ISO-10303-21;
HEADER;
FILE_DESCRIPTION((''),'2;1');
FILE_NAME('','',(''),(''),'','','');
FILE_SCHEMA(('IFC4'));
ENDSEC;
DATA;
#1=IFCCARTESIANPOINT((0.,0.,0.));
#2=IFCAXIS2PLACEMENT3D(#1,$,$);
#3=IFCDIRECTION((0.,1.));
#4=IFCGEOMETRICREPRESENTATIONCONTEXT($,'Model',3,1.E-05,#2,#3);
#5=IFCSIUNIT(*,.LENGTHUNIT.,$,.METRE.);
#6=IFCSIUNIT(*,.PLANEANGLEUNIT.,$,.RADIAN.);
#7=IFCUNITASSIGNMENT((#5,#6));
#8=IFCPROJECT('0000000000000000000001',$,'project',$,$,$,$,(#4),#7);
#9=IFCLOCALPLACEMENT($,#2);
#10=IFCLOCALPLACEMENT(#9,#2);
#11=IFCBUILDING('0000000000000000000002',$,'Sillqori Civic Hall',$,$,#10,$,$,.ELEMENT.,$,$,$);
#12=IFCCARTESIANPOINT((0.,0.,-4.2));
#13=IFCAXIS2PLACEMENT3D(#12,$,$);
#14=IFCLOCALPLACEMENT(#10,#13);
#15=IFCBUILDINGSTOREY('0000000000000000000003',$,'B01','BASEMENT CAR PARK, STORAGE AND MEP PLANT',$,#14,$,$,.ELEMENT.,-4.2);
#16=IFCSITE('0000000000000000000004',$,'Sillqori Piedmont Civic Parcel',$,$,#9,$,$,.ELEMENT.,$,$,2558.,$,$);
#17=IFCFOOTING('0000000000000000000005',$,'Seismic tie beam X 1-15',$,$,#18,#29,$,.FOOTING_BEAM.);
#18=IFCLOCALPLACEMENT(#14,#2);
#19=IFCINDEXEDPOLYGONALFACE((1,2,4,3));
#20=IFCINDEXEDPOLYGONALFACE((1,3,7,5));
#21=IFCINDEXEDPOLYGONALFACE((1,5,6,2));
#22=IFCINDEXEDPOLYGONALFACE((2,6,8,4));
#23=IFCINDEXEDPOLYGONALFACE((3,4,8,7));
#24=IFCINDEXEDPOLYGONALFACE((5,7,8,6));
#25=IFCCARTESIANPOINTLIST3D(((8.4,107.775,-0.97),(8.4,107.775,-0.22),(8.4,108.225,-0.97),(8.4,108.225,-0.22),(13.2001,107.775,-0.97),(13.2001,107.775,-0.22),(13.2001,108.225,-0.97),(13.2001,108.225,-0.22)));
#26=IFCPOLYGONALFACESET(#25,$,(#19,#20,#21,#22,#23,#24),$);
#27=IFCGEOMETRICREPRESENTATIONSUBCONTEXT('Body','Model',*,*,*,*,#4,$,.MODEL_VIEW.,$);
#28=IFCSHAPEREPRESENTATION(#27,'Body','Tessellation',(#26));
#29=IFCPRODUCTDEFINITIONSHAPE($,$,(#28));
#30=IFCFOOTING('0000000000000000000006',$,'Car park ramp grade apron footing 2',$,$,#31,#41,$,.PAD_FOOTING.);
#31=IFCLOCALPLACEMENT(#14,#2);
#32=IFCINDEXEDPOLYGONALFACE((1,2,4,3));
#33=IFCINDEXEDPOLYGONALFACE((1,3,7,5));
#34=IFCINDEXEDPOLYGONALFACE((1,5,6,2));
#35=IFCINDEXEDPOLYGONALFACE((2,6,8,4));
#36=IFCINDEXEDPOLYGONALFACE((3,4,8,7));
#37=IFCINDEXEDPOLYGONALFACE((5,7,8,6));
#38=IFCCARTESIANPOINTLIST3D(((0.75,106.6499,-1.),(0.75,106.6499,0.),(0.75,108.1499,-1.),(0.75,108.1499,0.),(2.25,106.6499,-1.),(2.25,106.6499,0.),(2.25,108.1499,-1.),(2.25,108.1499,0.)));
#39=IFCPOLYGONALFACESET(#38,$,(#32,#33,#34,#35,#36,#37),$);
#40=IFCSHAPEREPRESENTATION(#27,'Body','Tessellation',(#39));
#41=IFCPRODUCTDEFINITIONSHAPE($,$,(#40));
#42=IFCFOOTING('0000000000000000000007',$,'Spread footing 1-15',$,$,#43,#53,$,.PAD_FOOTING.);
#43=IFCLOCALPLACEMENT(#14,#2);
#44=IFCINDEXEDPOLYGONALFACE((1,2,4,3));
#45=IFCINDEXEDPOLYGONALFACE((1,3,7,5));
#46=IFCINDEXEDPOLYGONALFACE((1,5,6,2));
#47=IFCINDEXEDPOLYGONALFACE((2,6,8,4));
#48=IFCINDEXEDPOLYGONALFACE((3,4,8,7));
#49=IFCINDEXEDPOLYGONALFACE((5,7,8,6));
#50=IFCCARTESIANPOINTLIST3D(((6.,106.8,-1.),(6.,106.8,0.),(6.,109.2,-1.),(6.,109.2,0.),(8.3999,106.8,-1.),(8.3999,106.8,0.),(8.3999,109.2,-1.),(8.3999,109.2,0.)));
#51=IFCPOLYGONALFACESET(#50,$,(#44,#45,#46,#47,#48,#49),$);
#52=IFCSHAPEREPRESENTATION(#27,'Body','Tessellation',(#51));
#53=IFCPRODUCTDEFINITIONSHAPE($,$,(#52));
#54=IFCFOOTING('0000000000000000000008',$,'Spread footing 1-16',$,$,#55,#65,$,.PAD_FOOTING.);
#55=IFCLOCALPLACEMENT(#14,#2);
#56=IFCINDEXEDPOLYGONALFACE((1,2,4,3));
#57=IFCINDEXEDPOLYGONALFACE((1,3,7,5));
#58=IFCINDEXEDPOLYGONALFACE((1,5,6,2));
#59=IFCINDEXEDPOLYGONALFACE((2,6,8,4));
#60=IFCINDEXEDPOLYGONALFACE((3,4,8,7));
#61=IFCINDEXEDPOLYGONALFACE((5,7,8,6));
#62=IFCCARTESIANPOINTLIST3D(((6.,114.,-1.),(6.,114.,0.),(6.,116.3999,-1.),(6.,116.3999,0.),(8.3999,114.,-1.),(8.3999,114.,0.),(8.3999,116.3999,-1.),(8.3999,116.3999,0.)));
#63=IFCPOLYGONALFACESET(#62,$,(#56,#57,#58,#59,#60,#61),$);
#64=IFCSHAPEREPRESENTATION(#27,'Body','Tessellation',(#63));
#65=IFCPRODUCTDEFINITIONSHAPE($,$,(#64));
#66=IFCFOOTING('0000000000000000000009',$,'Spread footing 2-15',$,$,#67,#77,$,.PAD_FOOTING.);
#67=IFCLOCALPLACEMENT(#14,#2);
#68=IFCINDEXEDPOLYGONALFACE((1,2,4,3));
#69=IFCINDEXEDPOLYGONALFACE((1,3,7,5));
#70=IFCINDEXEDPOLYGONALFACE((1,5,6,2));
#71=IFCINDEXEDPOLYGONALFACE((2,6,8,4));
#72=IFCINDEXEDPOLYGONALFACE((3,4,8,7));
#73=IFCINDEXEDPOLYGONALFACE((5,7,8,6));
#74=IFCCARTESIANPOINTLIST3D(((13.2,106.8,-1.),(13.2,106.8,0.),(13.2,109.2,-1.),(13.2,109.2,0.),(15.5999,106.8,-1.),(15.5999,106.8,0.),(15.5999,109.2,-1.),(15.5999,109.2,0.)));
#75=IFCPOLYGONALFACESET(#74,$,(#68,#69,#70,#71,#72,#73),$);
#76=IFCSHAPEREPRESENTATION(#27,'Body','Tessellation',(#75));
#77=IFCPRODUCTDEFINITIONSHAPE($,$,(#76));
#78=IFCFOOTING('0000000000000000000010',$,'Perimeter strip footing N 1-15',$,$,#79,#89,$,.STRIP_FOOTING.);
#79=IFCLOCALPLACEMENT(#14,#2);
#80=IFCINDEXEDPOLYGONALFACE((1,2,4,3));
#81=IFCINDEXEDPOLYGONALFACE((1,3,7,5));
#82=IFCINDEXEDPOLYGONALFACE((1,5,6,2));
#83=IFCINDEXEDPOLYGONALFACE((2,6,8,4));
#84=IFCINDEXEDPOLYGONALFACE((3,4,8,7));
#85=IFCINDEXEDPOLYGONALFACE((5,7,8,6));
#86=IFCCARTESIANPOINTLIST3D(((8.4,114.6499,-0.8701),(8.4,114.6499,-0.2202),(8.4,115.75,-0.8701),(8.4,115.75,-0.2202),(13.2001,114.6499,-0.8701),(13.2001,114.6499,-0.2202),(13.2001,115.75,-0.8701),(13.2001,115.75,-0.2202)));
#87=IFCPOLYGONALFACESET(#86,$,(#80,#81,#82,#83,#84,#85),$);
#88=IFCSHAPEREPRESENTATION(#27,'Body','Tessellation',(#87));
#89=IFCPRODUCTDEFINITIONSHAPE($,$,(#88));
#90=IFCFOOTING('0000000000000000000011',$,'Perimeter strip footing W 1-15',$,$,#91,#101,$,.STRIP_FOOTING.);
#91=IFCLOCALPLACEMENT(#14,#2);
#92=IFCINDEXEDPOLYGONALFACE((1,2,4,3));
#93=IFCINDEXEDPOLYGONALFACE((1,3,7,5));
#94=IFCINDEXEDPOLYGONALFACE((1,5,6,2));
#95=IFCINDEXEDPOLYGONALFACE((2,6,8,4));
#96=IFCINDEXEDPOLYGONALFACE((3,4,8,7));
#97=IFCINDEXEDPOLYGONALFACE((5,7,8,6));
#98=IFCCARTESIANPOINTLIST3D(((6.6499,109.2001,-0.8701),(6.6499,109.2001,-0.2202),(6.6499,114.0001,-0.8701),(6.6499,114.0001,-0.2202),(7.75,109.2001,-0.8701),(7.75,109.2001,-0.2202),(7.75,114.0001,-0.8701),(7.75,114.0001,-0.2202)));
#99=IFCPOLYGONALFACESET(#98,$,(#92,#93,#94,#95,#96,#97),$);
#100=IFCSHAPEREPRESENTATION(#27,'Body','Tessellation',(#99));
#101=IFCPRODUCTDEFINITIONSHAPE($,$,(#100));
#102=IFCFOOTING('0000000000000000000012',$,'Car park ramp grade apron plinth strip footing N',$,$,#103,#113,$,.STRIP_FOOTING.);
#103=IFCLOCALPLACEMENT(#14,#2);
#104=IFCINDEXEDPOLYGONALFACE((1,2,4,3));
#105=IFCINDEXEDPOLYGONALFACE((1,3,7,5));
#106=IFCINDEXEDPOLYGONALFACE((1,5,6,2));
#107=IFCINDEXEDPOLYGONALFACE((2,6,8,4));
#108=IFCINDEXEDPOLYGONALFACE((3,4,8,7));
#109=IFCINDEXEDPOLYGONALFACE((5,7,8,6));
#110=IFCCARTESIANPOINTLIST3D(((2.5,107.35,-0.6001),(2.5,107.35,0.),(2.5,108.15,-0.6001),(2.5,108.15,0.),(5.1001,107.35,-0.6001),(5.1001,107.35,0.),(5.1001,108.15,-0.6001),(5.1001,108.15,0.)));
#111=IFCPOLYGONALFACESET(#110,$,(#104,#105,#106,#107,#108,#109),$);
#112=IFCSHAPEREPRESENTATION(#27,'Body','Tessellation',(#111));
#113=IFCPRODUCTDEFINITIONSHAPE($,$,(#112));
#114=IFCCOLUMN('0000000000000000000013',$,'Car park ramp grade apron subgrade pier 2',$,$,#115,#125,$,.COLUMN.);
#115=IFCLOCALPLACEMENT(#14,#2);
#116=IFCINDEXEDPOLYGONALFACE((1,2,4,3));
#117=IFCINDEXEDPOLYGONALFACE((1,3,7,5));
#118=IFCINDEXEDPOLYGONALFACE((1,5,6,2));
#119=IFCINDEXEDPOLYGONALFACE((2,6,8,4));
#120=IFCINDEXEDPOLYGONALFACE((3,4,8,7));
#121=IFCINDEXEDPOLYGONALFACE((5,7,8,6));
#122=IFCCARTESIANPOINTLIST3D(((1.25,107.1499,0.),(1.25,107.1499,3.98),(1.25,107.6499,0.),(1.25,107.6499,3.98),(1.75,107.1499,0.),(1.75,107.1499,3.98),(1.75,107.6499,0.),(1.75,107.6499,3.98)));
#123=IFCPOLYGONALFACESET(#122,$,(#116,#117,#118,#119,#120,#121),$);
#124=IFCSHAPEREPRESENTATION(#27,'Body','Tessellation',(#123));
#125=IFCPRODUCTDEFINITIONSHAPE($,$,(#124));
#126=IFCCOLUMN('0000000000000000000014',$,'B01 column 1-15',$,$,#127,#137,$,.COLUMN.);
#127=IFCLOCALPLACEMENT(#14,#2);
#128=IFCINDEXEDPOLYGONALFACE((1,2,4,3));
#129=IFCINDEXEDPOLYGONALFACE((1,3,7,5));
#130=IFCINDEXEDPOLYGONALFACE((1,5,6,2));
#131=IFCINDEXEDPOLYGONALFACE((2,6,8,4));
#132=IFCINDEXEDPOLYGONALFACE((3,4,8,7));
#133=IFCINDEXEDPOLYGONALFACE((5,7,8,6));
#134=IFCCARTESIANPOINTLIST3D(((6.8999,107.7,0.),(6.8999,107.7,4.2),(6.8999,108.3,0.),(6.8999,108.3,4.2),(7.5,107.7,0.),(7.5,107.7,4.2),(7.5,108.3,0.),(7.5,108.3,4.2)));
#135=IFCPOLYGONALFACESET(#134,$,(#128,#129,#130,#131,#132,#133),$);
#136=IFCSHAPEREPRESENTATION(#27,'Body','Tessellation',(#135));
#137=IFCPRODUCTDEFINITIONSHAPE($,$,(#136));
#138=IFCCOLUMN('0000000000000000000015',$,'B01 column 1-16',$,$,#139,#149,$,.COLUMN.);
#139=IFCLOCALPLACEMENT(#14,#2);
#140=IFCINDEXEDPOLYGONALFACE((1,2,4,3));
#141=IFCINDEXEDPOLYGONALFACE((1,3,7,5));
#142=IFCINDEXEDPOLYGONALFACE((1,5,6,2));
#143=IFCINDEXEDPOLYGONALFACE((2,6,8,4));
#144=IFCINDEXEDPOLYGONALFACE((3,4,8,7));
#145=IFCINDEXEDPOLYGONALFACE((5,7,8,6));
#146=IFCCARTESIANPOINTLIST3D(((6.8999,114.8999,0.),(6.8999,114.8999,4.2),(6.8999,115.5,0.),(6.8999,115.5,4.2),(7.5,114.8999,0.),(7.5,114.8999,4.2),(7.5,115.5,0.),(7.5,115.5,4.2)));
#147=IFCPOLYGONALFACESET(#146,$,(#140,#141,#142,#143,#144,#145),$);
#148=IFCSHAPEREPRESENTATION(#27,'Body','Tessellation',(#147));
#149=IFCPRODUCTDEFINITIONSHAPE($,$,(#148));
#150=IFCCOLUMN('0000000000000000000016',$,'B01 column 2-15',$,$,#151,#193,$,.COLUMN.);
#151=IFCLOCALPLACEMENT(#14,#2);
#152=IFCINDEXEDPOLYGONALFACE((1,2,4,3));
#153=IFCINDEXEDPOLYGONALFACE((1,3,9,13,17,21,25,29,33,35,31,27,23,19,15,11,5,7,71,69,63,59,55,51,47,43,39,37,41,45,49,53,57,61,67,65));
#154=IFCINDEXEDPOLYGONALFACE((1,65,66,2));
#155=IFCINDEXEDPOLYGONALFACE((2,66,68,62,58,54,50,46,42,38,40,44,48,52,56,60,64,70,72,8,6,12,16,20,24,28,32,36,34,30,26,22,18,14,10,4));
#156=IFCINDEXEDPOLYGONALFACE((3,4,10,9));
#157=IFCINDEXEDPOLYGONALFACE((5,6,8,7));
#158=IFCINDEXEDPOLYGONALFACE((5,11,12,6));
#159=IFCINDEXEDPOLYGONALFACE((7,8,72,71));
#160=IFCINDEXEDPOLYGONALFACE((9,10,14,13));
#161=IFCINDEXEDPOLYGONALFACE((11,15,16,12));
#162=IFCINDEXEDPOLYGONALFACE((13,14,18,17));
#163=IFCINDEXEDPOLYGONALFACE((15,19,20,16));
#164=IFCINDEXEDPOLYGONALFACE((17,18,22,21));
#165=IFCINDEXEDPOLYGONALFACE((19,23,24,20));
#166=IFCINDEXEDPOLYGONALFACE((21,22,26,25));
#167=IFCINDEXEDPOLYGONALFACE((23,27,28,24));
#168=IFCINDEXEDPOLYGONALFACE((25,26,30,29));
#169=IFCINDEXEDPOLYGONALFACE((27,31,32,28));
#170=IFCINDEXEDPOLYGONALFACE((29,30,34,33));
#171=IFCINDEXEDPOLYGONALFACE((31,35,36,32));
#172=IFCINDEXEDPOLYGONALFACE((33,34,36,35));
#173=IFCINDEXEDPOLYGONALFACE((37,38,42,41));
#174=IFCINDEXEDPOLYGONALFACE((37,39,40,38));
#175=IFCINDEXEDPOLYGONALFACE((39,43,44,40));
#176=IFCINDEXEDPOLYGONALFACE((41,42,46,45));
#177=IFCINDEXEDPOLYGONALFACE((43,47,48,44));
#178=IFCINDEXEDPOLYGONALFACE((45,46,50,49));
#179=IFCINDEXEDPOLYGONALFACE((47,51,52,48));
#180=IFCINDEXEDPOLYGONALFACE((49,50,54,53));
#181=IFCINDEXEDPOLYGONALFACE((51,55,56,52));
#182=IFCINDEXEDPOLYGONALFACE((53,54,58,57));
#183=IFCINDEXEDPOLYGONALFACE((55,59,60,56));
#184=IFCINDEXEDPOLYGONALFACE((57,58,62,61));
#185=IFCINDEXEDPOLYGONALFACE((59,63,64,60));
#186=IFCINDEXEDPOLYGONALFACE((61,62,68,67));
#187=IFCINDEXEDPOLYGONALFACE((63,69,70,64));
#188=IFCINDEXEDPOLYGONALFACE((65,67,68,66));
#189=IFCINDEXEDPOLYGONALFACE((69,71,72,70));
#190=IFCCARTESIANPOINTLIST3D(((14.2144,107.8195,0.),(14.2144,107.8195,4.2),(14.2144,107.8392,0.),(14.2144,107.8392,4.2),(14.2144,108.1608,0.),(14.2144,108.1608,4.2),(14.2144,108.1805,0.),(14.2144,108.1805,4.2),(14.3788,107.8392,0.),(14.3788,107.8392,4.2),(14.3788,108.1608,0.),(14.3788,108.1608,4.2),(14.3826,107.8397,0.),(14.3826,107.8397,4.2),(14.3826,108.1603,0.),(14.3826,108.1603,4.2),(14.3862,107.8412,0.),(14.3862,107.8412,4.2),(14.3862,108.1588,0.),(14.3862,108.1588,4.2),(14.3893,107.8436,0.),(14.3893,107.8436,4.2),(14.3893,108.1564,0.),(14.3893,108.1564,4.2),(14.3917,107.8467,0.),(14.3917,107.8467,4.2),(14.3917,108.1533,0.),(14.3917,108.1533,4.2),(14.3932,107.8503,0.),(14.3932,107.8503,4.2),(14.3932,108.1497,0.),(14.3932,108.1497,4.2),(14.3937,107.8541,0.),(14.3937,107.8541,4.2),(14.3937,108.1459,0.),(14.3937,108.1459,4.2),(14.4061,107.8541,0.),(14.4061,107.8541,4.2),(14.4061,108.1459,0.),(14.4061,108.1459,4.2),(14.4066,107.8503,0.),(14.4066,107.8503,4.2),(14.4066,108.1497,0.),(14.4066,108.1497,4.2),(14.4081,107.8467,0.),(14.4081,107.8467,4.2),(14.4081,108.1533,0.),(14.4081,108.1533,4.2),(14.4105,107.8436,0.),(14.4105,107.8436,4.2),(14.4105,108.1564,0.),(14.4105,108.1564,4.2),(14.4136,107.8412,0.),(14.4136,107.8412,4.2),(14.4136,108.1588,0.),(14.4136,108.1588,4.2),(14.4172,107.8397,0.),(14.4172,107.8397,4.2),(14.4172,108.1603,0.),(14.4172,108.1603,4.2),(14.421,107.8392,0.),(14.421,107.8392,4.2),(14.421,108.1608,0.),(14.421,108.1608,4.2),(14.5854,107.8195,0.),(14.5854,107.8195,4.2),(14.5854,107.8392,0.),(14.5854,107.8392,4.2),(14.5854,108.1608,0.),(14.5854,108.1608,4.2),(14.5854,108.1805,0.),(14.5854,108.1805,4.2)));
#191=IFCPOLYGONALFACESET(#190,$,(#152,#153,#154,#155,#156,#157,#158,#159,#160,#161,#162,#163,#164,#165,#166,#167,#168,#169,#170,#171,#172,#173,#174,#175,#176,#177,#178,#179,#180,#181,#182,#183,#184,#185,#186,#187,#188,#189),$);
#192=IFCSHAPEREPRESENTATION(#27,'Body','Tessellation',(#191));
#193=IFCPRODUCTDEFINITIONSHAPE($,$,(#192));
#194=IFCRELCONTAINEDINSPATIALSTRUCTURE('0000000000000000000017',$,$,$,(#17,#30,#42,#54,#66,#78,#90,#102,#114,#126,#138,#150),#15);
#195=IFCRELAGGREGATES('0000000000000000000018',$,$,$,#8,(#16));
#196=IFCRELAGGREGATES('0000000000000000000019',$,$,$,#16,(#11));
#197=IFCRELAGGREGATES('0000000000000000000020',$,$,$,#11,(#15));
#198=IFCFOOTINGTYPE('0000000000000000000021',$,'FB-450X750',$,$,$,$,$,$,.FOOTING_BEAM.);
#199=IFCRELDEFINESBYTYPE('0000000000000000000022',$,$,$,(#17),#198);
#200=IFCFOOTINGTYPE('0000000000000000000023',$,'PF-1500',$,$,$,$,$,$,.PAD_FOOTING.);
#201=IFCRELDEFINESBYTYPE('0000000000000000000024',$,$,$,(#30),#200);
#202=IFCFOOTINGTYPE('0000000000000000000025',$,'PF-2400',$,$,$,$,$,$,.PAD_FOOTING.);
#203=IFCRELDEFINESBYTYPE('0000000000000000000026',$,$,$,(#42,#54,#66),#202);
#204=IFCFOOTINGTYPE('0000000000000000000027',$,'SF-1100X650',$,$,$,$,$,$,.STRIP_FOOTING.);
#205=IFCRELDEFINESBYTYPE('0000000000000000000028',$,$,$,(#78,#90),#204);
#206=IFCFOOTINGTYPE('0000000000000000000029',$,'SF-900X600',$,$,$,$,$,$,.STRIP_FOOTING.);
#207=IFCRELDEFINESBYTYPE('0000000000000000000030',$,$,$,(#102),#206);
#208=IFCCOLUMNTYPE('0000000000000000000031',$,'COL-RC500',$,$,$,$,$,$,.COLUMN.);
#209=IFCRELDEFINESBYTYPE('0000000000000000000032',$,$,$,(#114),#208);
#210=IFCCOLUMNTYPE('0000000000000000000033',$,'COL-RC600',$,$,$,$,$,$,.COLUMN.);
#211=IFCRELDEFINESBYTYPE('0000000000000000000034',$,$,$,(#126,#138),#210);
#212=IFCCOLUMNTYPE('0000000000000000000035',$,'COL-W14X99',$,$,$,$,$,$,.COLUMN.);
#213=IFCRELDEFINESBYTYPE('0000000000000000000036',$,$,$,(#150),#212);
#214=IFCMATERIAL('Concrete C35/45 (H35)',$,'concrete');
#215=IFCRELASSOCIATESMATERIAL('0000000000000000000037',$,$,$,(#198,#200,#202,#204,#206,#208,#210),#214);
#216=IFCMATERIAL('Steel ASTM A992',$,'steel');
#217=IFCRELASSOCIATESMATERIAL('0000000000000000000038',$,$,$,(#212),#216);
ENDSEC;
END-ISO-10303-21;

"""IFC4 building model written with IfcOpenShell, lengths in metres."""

from ifc_helpers import new_model, si_unit, direction, frame, origin, origin_2d, place, context, subcontext, project, spatial, rectangle, i_section, extrude, material, material_profile, profile_set, type_object, element, save


model = new_model("IFC4")

# Units and contexts
model_context = context("Model", 3, precision=1e-05, world=origin(), true_north=direction((0.0, 1.0)))
body_context = subcontext(model_context, "Body", "Model", "MODEL_VIEW")
ifc_project = project(units=[si_unit("LENGTHUNIT", "METRE"), si_unit("PLANEANGLEUNIT", "RADIAN")], contexts=[model_context])

# Site, building, storey
site_placement = place(None, origin())
site = spatial("IfcSite", under=ifc_project, at=site_placement, Name="Sillqori Piedmont Civic Parcel", CompositionType="ELEMENT", RefElevation=2558.0)
building_placement = place(site_placement, origin())
building = spatial("IfcBuilding", under=site, at=building_placement, Name="Sillqori Civic Hall", CompositionType="ELEMENT")
storey_placement = place(building_placement, frame((0.0, 0.0, -4.2)))
storey = spatial("IfcBuildingStorey", under=building, at=storey_placement, Name="B01", Description="BASEMENT CAR PARK, STORAGE AND MEP PLANT", CompositionType="ELEMENT", Elevation=-4.2)

# Footings
ifc_material_1 = material(Name="Concrete C35/45 (H35)", Category="concrete")
footing_type_1 = type_object("IfcFootingType", Name="FB-450X750", PredefinedType="FOOTING_BEAM", material=ifc_material_1)
footing_1_placement = place(storey_placement, frame((10.8, 108.0, -0.97), z_axis=(0.0, 0.0, 1.0), x_axis=(1.0, 0.0, 0.0)))
element("IfcFooting", 1, at=footing_1_placement, inside=storey, type_object=footing_type_1, Name="Seismic tie beam X 1-15", PredefinedType="FOOTING_BEAM", context=body_context, shape_type="SweptSolid", body=[
    extrude(rectangle(XDim=4.8, YDim=0.45, at=origin_2d()), origin(), (0.0, 0.0, 1.0), 0.75),
])
footing_type_2 = type_object("IfcFootingType", Name="PF-1500", PredefinedType="PAD_FOOTING", material=ifc_material_1)
footing_2_placement = place(storey_placement, frame((1.5, 107.3999, -1.0), z_axis=(0.0, 0.0, 1.0), x_axis=(1.0, 0.0, 0.0)))
element("IfcFooting", 2, at=footing_2_placement, inside=storey, type_object=footing_type_2, Name="Car park ramp grade apron footing 2", PredefinedType="PAD_FOOTING", context=body_context, shape_type="SweptSolid", body=[
    extrude(rectangle(XDim=1.5, YDim=1.5, at=origin_2d()), origin(), (0.0, 0.0, 1.0), 1.0),
])
footing_type_3 = type_object("IfcFootingType", Name="PF-2400", PredefinedType="PAD_FOOTING", material=ifc_material_1)
for number, where, z_axis, x_axis, name in (
    (3, (7.2, 108.0, -1.0), (0.0, 0.0, 1.0), (1.0, 0.0, 0.0), "Spread footing 1-15"),
    (4, (7.2, 115.2, -1.0), (0.0, 0.0, 1.0), (1.0, 0.0, 0.0), "Spread footing 1-16"),
    (5, (14.3999, 108.0, -1.0), (0.0, 0.0, 1.0), (1.0, 0.0, 0.0), "Spread footing 2-15"),
):
    element("IfcFooting", number, at=place(storey_placement, frame(where, z_axis=z_axis, x_axis=x_axis)), inside=storey, type_object=footing_type_3, Name=name, PredefinedType="PAD_FOOTING", context=body_context, shape_type="SweptSolid", body=[
        extrude(rectangle(XDim=2.3999, YDim=2.3999, at=origin_2d()), origin(), (0.0, 0.0, 1.0), 1.0),
    ])
footing_type_4 = type_object("IfcFootingType", Name="SF-1100X650", PredefinedType="STRIP_FOOTING", material=ifc_material_1)
footing_3_placement = place(storey_placement, frame((10.8, 115.2, -0.8701), z_axis=(0.0, 0.0, 1.0), x_axis=(1.0, 0.0, 0.0)))
element("IfcFooting", 6, at=footing_3_placement, inside=storey, type_object=footing_type_4, Name="Perimeter strip footing N 1-15", PredefinedType="STRIP_FOOTING", context=body_context, shape_type="SweptSolid", body=[
    extrude(rectangle(XDim=4.8, YDim=1.1001, at=origin_2d()), origin(), (0.0, 0.0, 1.0), 0.6499),
])
footing_4_placement = place(storey_placement, frame((7.2, 111.6001, -0.8701), z_axis=(0.0, 0.0, 1.0), x_axis=(1.0, 0.0, 0.0)))
element("IfcFooting", 7, at=footing_4_placement, inside=storey, type_object=footing_type_4, Name="Perimeter strip footing W 1-15", PredefinedType="STRIP_FOOTING", context=body_context, shape_type="SweptSolid", body=[
    extrude(rectangle(XDim=1.1001, YDim=4.8, at=origin_2d()), origin(), (0.0, 0.0, 1.0), 0.6499),
])
footing_type_5 = type_object("IfcFootingType", Name="SF-900X600", PredefinedType="STRIP_FOOTING", material=ifc_material_1)
footing_5_placement = place(storey_placement, frame((3.8, 107.75, -0.6001), z_axis=(0.0, 0.0, 1.0), x_axis=(1.0, 0.0, 0.0)))
element("IfcFooting", 8, at=footing_5_placement, inside=storey, type_object=footing_type_5, Name="Car park ramp grade apron plinth strip footing N", PredefinedType="STRIP_FOOTING", context=body_context, shape_type="SweptSolid", body=[
    extrude(rectangle(XDim=2.6001, YDim=0.8, at=origin_2d()), origin(), (0.0, 0.0, 1.0), 0.6001),
])

# Columns
ifc_material_profile_1 = material_profile(ifc_material_1, rectangle(XDim=0.5, YDim=0.5, at=origin_2d()), Name="RC 500x500")
ifc_profile_set_1 = profile_set([ifc_material_profile_1], Name="Concrete C35/45 (H35)")
column_type_1 = type_object("IfcColumnType", Name="COL-RC500", PredefinedType="COLUMN", material=ifc_profile_set_1)
column_1_placement = place(storey_placement, frame((1.5, 107.3999, 0.0), z_axis=(0.0, 0.0, 1.0), x_axis=(1.0, 0.0, 0.0)))
element("IfcColumn", 9, at=column_1_placement, inside=storey, type_object=column_type_1, Name="Car park ramp grade apron subgrade pier 2", PredefinedType="COLUMN", context=body_context, shape_type="SweptSolid", body=[
    extrude(rectangle(XDim=0.5, YDim=0.5, at=origin_2d()), origin(), (0.0, 0.0, 1.0), 3.98),
])
ifc_material_profile_2 = material_profile(ifc_material_1, rectangle(XDim=0.6001, YDim=0.6001, at=origin_2d()), Name="RC 600x600")
ifc_profile_set_2 = profile_set([ifc_material_profile_2], Name="Concrete C35/45 (H35)")
column_type_2 = type_object("IfcColumnType", Name="COL-RC600", PredefinedType="COLUMN", material=ifc_profile_set_2)
for number, where, z_axis, x_axis, name in (
    (10, (7.2, 108.0, 0.0), (0.0, 0.0, 1.0), (1.0, 0.0, 0.0), "B01 column 1-15"),
    (11, (7.2, 115.2, 0.0), (0.0, 0.0, 1.0), (1.0, 0.0, 0.0), "B01 column 1-16"),
):
    element("IfcColumn", number, at=place(storey_placement, frame(where, z_axis=z_axis, x_axis=x_axis)), inside=storey, type_object=column_type_2, Name=name, PredefinedType="COLUMN", context=body_context, shape_type="SweptSolid", body=[
        extrude(rectangle(XDim=0.6001, YDim=0.6001, at=origin_2d()), origin(), (0.0, 0.0, 1.0), 4.2),
    ])
ifc_material_2 = material(Name="Steel ASTM A992", Category="steel")
ifc_material_profile_3 = material_profile(ifc_material_2, i_section(OverallWidth=0.3711, OverallDepth=0.3611, WebThickness=0.0125, FlangeThickness=0.0198, FilletRadius=0.0149, at=origin_2d()), Name="W14X99")
ifc_profile_set_3 = profile_set([ifc_material_profile_3], Name="Steel ASTM A992")
column_type_3 = type_object("IfcColumnType", Name="COL-W14X99", PredefinedType="COLUMN", material=ifc_profile_set_3)
column_2_placement = place(storey_placement, frame((14.3999, 108.0, 0.0), z_axis=(0.0, 0.0, 1.0), x_axis=(1.0, 0.0, 0.0)))
element("IfcColumn", 12, at=column_2_placement, inside=storey, type_object=column_type_3, Name="B01 column 2-15", PredefinedType="COLUMN", context=body_context, shape_type="SweptSolid", body=[
    extrude(i_section(OverallWidth=0.3711, OverallDepth=0.3611, WebThickness=0.0125, FlangeThickness=0.0198, FilletRadius=0.0149, at=origin_2d()), origin(), (0.0, 0.0, 1.0), 4.2),
])

save(model, "model.ifc")
